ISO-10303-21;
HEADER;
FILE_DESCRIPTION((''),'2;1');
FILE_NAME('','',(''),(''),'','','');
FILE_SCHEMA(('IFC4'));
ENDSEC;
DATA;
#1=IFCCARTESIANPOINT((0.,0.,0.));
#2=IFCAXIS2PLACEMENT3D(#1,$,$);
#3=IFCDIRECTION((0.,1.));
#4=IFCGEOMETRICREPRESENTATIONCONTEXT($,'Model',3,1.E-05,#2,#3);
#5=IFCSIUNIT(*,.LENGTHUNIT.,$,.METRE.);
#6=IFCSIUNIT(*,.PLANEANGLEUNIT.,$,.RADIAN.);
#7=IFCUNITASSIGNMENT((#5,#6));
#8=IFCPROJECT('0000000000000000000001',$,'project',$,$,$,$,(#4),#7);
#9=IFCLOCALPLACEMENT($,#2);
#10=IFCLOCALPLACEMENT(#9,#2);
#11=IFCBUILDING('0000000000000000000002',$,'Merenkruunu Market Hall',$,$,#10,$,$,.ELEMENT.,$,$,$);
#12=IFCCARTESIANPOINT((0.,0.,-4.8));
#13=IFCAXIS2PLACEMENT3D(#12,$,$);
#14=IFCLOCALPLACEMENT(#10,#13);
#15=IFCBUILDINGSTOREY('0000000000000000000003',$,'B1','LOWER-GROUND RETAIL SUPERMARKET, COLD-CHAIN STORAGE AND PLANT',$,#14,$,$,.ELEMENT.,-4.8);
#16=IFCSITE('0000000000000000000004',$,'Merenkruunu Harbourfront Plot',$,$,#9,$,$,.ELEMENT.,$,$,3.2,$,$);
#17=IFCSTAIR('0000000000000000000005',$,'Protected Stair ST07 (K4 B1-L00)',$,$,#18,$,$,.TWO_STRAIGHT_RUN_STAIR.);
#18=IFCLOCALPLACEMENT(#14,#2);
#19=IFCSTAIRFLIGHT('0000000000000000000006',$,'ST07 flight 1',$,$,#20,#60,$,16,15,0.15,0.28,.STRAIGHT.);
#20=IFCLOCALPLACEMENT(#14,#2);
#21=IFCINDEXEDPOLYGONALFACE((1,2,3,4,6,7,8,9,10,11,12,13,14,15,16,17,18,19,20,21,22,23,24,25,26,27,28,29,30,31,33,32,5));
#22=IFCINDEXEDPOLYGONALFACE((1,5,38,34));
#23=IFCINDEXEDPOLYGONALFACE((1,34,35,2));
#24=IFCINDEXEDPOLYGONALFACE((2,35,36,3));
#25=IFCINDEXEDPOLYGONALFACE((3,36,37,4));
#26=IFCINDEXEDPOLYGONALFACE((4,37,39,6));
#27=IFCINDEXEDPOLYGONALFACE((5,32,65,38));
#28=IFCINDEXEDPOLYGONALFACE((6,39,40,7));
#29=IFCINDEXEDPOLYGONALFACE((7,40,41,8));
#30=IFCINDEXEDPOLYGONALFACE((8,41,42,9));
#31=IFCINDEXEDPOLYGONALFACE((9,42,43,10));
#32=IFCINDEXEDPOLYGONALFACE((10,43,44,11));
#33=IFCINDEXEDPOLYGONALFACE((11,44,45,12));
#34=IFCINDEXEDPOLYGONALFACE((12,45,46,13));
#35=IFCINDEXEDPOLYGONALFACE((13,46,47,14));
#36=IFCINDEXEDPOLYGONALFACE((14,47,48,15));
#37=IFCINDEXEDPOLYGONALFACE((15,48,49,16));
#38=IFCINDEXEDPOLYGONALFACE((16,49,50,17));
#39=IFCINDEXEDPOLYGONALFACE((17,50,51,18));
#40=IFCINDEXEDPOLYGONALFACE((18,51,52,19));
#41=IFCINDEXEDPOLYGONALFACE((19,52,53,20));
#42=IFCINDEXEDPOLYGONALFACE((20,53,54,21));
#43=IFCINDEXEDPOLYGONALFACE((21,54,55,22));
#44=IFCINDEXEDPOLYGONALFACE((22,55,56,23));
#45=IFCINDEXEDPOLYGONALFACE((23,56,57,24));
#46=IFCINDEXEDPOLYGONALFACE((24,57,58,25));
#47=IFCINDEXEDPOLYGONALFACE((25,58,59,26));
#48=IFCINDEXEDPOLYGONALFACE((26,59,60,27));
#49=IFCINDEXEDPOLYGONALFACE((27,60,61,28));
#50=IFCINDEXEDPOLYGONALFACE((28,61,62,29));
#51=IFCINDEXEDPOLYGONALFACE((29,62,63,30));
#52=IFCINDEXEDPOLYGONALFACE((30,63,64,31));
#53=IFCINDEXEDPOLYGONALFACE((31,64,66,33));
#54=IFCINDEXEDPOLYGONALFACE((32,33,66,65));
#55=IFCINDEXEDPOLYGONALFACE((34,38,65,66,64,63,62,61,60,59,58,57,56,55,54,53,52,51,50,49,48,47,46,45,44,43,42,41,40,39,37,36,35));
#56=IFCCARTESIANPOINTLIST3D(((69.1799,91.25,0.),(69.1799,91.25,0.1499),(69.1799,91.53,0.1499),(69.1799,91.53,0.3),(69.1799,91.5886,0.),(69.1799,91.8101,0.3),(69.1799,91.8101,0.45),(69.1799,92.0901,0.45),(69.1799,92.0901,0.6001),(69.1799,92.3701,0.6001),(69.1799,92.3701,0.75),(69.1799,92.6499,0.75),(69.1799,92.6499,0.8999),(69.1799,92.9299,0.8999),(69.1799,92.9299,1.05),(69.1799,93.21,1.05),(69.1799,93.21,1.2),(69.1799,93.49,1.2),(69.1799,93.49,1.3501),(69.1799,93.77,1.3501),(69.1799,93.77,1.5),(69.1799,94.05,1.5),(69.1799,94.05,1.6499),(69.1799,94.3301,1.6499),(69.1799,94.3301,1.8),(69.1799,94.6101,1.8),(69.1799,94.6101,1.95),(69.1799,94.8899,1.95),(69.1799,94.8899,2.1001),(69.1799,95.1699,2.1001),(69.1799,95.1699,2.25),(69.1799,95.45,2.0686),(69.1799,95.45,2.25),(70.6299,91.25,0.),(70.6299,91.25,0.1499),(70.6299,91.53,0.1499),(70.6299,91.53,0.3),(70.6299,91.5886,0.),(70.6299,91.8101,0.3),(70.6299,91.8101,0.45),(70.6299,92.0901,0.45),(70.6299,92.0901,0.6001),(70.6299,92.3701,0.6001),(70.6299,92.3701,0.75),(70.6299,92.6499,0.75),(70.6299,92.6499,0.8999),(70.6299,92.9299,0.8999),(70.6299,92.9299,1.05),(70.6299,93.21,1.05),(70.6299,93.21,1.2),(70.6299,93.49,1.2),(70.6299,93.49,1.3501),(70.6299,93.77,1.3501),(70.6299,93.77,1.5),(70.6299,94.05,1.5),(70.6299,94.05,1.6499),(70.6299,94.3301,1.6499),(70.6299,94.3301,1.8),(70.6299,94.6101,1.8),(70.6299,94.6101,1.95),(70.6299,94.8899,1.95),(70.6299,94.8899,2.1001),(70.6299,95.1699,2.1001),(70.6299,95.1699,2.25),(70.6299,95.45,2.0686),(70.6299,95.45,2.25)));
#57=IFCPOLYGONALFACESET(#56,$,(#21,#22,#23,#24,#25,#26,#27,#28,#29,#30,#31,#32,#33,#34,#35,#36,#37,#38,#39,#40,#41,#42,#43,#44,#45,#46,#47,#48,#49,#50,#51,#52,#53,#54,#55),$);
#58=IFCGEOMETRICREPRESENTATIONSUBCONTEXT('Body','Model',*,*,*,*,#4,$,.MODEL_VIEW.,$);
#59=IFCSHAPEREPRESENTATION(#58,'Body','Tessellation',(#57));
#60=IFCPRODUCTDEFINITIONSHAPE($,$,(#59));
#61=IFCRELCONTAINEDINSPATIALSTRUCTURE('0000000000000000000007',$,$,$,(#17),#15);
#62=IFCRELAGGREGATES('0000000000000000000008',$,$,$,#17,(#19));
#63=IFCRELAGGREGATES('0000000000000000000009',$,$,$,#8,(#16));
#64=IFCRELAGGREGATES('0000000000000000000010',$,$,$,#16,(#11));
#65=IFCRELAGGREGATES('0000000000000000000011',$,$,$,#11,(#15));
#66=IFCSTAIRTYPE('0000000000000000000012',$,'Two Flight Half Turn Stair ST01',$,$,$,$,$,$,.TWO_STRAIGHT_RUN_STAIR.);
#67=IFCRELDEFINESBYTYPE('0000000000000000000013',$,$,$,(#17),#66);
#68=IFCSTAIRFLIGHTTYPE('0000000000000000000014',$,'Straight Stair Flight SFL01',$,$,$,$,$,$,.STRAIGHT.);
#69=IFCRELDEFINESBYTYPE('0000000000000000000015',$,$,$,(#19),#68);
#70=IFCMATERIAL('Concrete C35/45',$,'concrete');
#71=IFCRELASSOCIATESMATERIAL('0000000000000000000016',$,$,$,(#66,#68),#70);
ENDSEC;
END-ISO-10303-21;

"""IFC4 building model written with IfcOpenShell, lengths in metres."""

from ifc_helpers import new_model, si_unit, direction, frame, origin, place, context, subcontext, project, spatial, polyline, outline, extrude, material, type_object, element, aggregate, save


model = new_model("IFC4")

# Units and contexts
model_context = context("Model", 3, precision=1e-05, world=origin(), true_north=direction((0.0, 1.0)))
body_context = subcontext(model_context, "Body", "Model", "MODEL_VIEW")
ifc_project = project(units=[si_unit("LENGTHUNIT", "METRE"), si_unit("PLANEANGLEUNIT", "RADIAN")], contexts=[model_context])

# Site, building, storey
site_placement = place(None, origin())
site = spatial("IfcSite", under=ifc_project, at=site_placement, Name="Merenkruunu Harbourfront Plot", CompositionType="ELEMENT", RefElevation=3.2)
building_placement = place(site_placement, origin())
building = spatial("IfcBuilding", under=site, at=building_placement, Name="Merenkruunu Market Hall", CompositionType="ELEMENT")
storey_placement = place(building_placement, frame((0.0, 0.0, -4.8)))
storey = spatial("IfcBuildingStorey", under=building, at=storey_placement, Name="B1", Description="LOWER-GROUND RETAIL SUPERMARKET, COLD-CHAIN STORAGE AND PLANT", CompositionType="ELEMENT", Elevation=-4.8)

# Shared definitions
ifc_material_1 = material(Name="Concrete C35/45", Category="concrete")

# Stair, stair flight
stair_type = type_object("IfcStairType", Name="Two Flight Half Turn Stair ST01", PredefinedType="TWO_STRAIGHT_RUN_STAIR", material=ifc_material_1)
stair_placement = place(storey_placement, origin())
stair = element("IfcStair", 1, at=stair_placement, inside=storey, type_object=stair_type, Name="Protected Stair ST07 (K4 B1-L00)", PredefinedType="TWO_STRAIGHT_RUN_STAIR")
stair_flight_type = type_object("IfcStairFlightType", Name="Straight Stair Flight SFL01", PredefinedType="STRAIGHT", material=ifc_material_1)
stair_flight_placement = place(storey_placement, frame((69.905, 91.25, 0.0), z_axis=(0.0, 0.0, 1.0), x_axis=(0.0, 1.0, 0.0)))
stair_flight = element("IfcStairFlight", 2, at=stair_flight_placement, type_object=stair_flight_type, Name="ST07 flight 1", NumberOfRisers=16, NumberOfTreads=15, PredefinedType="STRAIGHT", RiserHeight=0.15, TreadLength=0.28, context=body_context, shape_type="SweptSolid", body=[
    extrude(outline(polyline([(0.0, 0.0), (0.0, 0.1499), (0.28, 0.1499), (0.28, 0.3), (0.5601, 0.3), (0.5601, 0.45), (0.8401, 0.45), (0.8401, 0.6001), (1.1201, 0.6001), (1.1201, 0.75), (1.3999, 0.75), (1.3999, 0.8999), (1.6799, 0.8999), (1.6799, 1.05), (1.96, 1.05), (1.96, 1.2), (2.24, 1.2), (2.24, 1.3501), (2.52, 1.3501), (2.52, 1.5), (2.8, 1.5), (2.8, 1.6499), (3.0801, 1.6499), (3.0801, 1.8), (3.3601, 1.8), (3.3601, 1.95), (3.6399, 1.95), (3.6399, 2.1001), (3.9199, 2.1001), (3.9199, 2.25), (4.2, 2.25), (4.2, 2.3999), (4.2, 2.0686), (0.3386, 0.0), (0.0, 0.0)])), frame((0.0, 0.7251, 0.0), z_axis=(0.0, -1.0, 0.0), x_axis=(1.0, 0.0, 0.0)), (0.0, 0.0, 1.0), 1.45),
])
aggregate(stair, [stair_flight])

save(model, "model.ifc")
